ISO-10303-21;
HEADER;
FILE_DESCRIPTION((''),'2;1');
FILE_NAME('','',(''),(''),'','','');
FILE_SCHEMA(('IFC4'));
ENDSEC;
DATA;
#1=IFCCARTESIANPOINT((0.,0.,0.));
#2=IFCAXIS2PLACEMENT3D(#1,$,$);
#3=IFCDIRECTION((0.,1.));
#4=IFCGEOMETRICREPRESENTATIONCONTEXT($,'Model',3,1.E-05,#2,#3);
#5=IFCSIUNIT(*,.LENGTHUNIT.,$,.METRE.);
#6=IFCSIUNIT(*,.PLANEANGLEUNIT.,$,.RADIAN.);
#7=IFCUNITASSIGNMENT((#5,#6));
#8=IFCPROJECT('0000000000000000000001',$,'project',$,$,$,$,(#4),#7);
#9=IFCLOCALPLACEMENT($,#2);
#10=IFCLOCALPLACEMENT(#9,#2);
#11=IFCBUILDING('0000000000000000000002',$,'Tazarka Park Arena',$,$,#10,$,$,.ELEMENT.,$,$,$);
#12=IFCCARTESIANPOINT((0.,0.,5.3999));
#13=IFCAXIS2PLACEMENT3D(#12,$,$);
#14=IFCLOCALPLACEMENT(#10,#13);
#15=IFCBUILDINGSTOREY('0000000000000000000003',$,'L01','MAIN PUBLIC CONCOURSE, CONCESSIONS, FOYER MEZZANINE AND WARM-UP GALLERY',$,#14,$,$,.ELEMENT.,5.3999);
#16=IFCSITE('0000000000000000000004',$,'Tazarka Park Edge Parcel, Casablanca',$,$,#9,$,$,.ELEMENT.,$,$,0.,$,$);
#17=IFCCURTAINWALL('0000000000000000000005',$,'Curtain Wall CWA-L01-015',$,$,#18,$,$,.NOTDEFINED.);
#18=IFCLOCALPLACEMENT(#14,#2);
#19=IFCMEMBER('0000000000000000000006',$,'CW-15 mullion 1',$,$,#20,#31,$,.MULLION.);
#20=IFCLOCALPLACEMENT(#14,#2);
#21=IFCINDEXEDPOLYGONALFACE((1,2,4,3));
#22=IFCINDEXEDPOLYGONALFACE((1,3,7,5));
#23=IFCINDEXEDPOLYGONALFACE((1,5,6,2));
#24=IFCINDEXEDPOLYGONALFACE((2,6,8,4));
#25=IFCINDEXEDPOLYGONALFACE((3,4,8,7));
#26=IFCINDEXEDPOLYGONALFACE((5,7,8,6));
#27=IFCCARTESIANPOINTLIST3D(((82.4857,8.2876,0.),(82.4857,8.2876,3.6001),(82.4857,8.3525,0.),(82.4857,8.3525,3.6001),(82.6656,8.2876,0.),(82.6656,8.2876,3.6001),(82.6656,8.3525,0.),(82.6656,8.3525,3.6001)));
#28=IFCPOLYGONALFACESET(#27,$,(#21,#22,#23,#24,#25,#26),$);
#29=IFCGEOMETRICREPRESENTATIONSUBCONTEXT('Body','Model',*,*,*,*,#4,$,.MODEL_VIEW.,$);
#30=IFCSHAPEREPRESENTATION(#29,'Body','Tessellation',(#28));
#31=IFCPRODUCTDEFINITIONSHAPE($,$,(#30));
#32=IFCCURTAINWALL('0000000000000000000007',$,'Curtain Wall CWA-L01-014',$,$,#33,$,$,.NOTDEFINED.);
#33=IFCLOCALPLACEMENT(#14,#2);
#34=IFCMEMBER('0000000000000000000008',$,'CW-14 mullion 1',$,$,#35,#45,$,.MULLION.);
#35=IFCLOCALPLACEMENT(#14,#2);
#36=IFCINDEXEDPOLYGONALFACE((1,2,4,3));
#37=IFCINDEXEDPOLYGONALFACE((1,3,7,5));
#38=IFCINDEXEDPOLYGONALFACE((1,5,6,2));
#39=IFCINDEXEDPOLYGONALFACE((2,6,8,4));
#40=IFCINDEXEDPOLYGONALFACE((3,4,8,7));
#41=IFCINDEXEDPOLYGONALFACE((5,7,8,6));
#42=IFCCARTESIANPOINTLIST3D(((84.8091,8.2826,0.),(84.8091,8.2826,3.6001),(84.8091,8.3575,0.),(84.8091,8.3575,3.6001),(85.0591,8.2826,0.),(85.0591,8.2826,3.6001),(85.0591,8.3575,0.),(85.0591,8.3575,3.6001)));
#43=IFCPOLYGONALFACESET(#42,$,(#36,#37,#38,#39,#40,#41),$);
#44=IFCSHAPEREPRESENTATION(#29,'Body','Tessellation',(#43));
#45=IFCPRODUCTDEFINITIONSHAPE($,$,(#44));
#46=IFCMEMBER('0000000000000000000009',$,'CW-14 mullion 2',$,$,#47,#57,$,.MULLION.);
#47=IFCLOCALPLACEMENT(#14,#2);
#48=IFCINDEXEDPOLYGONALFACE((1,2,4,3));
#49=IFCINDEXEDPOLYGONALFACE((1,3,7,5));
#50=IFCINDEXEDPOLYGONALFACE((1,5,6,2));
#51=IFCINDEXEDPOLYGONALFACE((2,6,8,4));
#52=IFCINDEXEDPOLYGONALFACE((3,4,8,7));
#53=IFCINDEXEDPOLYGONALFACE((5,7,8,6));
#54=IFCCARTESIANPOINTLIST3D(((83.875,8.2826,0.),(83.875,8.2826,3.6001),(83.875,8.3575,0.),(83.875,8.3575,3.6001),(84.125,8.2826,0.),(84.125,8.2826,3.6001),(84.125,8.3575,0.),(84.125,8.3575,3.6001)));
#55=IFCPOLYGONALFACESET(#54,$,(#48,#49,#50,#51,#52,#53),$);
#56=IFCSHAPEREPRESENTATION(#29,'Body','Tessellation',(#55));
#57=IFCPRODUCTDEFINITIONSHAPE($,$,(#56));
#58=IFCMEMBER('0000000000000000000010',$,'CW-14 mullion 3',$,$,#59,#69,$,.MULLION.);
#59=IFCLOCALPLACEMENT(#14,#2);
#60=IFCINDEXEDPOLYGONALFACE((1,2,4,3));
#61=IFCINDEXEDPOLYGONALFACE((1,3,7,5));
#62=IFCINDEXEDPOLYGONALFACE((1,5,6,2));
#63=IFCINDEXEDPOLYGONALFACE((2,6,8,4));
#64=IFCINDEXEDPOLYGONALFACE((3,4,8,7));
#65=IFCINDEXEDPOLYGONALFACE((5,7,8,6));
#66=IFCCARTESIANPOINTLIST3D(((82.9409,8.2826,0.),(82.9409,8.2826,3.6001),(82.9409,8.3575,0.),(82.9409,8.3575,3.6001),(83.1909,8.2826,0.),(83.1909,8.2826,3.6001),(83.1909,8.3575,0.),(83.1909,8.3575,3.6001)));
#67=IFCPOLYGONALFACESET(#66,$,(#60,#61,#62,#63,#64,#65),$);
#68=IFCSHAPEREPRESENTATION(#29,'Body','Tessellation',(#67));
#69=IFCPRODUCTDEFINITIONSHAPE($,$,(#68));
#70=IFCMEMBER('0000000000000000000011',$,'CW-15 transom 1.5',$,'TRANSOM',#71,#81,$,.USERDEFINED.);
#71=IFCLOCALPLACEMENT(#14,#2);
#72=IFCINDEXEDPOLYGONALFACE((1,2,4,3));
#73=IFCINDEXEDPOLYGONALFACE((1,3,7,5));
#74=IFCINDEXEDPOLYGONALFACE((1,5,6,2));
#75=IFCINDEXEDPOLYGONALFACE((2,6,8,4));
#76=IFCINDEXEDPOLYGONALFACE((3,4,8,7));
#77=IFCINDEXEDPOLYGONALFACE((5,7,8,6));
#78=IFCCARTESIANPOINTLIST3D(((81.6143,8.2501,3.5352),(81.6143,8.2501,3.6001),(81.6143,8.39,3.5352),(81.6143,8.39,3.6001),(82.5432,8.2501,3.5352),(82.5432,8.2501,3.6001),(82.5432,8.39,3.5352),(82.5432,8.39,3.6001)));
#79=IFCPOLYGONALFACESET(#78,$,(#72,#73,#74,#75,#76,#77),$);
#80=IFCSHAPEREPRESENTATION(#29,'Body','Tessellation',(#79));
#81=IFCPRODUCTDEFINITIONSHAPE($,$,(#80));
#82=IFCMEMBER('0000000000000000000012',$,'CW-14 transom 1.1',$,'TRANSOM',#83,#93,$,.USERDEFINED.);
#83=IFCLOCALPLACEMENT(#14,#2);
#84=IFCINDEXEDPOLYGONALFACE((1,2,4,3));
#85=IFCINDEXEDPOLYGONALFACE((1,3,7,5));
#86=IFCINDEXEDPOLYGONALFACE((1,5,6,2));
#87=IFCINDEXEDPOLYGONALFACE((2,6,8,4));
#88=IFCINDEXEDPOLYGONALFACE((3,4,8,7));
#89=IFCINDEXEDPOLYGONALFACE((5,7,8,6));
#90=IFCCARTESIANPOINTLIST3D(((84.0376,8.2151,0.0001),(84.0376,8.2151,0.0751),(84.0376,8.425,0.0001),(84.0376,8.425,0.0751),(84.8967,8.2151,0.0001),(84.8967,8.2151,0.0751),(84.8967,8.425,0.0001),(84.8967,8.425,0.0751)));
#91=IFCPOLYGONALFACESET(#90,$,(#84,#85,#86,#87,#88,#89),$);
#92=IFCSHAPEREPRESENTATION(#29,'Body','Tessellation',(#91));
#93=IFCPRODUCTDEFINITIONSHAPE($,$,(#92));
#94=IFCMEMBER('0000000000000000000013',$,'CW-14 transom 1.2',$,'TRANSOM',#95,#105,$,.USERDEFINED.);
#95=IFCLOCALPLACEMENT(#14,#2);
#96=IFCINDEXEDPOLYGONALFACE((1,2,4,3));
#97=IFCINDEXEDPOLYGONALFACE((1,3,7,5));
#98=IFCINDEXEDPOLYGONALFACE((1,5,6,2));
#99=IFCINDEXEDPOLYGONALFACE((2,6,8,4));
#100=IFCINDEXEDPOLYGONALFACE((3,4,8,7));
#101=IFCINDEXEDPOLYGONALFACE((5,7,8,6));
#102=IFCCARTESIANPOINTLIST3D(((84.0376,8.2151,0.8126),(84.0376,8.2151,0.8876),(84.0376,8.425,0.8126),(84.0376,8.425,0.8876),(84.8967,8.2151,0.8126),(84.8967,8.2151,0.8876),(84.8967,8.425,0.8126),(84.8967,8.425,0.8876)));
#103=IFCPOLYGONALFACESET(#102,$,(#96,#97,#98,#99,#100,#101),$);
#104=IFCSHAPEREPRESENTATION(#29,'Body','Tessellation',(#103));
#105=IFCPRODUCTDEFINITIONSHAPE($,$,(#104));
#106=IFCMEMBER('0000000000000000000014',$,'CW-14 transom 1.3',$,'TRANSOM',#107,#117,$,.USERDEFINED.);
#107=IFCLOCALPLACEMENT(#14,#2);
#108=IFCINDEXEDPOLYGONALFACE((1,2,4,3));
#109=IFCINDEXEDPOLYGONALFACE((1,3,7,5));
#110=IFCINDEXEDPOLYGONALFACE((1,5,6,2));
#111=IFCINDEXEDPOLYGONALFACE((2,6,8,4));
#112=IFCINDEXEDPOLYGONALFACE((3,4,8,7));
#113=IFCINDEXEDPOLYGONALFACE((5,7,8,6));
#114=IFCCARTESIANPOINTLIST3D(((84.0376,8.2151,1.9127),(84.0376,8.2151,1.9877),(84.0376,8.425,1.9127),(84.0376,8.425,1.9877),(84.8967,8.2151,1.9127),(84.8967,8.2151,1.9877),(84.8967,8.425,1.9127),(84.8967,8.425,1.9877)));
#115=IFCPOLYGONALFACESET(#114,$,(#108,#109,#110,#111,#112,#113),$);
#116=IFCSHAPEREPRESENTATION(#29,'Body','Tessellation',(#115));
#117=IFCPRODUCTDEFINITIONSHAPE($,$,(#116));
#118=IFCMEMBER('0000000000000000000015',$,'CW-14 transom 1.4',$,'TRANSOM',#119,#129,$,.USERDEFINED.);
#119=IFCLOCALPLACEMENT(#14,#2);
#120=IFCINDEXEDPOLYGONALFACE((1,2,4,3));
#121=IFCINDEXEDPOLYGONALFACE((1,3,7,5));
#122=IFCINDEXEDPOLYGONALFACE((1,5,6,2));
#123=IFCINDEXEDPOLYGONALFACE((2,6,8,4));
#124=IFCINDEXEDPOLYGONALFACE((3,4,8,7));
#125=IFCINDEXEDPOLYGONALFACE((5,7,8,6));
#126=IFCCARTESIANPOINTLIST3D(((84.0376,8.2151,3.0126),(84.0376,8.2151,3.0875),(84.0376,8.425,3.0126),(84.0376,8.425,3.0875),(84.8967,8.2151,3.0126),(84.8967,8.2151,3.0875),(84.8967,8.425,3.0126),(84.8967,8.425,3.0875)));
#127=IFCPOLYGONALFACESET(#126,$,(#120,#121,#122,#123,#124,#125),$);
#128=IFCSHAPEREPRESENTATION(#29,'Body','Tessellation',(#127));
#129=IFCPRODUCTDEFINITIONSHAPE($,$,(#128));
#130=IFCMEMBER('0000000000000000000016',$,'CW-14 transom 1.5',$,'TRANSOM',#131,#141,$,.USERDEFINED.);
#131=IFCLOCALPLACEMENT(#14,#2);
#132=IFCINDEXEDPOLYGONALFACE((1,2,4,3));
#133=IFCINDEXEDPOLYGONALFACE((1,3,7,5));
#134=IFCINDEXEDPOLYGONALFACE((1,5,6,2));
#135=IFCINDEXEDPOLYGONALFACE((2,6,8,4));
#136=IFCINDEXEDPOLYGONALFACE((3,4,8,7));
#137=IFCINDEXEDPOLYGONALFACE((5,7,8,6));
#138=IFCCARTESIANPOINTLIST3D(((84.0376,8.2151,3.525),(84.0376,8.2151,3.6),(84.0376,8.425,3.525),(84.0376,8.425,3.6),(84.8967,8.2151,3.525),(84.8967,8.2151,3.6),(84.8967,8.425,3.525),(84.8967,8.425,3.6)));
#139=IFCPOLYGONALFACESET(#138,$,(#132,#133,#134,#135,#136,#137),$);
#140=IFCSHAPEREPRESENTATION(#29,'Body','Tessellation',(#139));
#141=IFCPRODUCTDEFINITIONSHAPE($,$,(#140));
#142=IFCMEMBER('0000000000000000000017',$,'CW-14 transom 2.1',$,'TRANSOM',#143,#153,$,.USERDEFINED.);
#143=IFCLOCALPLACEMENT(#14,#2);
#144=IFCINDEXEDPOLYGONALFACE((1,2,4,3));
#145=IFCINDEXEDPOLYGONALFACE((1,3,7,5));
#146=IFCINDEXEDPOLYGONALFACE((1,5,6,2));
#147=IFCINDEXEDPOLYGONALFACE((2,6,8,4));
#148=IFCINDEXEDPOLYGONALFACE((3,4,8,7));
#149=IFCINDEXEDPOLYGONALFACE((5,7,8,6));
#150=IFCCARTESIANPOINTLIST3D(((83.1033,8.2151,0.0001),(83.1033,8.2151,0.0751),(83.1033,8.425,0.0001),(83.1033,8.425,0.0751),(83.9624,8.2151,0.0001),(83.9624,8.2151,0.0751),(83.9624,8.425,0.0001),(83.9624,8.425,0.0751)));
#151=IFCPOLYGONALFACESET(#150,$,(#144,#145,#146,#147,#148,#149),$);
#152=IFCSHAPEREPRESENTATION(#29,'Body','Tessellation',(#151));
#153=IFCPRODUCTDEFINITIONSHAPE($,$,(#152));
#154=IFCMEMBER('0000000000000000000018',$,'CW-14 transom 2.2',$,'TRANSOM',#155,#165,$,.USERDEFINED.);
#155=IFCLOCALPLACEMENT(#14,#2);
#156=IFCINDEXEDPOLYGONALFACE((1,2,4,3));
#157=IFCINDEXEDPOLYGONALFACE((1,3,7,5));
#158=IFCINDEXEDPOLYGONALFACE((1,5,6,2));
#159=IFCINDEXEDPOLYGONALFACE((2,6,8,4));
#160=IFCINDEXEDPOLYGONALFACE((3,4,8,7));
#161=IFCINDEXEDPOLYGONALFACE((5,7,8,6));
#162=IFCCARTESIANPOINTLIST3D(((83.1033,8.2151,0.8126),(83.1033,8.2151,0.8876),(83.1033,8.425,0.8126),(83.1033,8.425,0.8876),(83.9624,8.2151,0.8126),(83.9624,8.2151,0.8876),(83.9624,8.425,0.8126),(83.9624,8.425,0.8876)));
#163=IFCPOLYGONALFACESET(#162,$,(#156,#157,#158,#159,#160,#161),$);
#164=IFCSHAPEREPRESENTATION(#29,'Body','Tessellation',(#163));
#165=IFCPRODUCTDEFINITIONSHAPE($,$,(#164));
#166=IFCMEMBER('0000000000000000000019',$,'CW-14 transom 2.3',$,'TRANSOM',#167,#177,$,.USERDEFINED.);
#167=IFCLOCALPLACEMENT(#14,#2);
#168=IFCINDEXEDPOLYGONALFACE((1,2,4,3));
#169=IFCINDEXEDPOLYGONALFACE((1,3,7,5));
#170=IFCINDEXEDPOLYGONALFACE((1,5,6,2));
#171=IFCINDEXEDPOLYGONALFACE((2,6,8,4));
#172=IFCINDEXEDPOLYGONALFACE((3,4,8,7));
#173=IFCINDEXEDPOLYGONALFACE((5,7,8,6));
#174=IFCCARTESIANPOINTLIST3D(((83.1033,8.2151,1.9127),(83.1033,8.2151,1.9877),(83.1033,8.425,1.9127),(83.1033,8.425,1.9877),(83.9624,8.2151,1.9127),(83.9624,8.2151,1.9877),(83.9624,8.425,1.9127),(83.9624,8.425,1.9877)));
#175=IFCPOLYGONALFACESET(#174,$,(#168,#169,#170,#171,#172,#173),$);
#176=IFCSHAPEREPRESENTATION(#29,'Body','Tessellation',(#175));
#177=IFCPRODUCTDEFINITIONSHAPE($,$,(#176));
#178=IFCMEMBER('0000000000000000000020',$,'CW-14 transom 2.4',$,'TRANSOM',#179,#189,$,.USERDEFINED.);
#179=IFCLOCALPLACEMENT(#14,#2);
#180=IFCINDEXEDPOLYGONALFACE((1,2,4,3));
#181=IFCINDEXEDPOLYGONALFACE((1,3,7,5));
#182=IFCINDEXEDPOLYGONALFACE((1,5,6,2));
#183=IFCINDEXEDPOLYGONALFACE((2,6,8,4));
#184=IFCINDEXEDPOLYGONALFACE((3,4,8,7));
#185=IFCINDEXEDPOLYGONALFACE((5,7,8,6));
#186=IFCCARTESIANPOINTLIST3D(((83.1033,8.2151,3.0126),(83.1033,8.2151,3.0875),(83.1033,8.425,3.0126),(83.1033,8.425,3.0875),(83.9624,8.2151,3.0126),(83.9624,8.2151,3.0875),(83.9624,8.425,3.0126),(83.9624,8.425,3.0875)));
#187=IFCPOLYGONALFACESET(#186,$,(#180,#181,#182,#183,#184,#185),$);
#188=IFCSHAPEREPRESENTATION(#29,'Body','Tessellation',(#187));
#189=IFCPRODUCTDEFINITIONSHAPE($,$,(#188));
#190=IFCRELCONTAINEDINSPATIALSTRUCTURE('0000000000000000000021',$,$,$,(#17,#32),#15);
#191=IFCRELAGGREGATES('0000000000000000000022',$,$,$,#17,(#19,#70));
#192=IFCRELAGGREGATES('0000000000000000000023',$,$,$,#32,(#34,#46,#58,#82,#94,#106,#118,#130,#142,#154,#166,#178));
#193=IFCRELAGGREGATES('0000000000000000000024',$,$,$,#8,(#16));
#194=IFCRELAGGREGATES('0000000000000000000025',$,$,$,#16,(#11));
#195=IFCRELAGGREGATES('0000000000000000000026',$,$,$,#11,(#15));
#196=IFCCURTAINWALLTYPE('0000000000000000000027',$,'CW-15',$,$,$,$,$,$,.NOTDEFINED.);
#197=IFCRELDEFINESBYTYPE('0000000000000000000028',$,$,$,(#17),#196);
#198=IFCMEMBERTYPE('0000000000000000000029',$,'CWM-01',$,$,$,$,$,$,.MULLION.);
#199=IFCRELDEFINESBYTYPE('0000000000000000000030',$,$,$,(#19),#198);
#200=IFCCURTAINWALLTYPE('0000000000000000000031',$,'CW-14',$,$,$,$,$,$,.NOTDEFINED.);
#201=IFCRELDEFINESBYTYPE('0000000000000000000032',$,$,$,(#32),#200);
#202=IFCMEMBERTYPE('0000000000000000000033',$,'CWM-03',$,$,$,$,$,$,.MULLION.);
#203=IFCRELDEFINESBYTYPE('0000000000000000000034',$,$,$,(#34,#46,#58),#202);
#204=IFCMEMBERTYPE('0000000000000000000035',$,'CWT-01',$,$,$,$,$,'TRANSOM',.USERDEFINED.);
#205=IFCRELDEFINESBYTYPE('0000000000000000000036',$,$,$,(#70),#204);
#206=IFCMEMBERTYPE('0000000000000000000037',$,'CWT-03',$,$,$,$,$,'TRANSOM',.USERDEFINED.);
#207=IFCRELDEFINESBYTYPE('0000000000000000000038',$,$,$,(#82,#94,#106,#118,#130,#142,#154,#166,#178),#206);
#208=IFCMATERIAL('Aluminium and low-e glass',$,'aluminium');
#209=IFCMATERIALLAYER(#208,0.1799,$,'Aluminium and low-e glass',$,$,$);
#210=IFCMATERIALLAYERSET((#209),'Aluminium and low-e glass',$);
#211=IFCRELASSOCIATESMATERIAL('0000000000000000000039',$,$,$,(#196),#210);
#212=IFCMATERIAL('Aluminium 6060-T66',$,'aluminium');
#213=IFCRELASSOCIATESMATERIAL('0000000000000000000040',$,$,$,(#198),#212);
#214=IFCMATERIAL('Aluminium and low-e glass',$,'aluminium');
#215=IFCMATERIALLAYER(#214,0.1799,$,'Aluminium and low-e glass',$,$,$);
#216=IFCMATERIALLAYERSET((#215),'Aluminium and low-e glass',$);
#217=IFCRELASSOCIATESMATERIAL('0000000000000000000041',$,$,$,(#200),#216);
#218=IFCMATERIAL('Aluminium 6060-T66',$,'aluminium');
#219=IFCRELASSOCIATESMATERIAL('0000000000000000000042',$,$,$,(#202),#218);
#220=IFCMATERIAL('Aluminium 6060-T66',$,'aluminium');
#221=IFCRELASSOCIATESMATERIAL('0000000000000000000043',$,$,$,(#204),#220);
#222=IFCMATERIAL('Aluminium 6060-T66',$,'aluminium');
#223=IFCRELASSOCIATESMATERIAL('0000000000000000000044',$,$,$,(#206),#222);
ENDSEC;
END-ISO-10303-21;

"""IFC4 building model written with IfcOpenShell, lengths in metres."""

from ifc_helpers import new_model, si_unit, direction, frame, origin, origin_2d, place, context, subcontext, project, spatial, rectangle, extrude, material, layer, layer_set, material_profile, profile_set, type_object, element, aggregate, save


model = new_model("IFC4")

# Units and contexts
model_context = context("Model", 3, precision=1e-05, world=origin(), true_north=direction((0.0, 1.0)))
body_context = subcontext(model_context, "Body", "Model", "MODEL_VIEW")
ifc_project = project(units=[si_unit("LENGTHUNIT", "METRE"), si_unit("PLANEANGLEUNIT", "RADIAN")], contexts=[model_context])

# Site, building, storey
site_placement = place(None, origin())
site = spatial("IfcSite", under=ifc_project, at=site_placement, Name="Tazarka Park Edge Parcel, Casablanca", CompositionType="ELEMENT", RefElevation=0.0)
building_placement = place(site_placement, origin())
building = spatial("IfcBuilding", under=site, at=building_placement, Name="Tazarka Park Arena", CompositionType="ELEMENT")
storey_placement = place(building_placement, frame((0.0, 0.0, 5.3999)))
storey = spatial("IfcBuildingStorey", under=building, at=storey_placement, Name="L01", Description="MAIN PUBLIC CONCOURSE, CONCESSIONS, FOYER MEZZANINE AND WARM-UP GALLERY", CompositionType="ELEMENT", Elevation=5.3999)

# Curtain wall, member
ifc_material_1 = material(Name="Aluminium and low-e glass", Category="aluminium")
ifc_layer_1 = layer(ifc_material_1, 0.1799, Name="Aluminium and low-e glass")
ifc_layer_set_1 = layer_set([ifc_layer_1], Name="Aluminium and low-e glass")
curtain_wall_type_1 = type_object("IfcCurtainWallType", Name="CW-15", PredefinedType="NOTDEFINED", material=ifc_layer_set_1)
curtain_wall_1_placement = place(storey_placement, origin())
curtain_wall_1 = element("IfcCurtainWall", 1, at=curtain_wall_1_placement, inside=storey, type_object=curtain_wall_type_1, Name="Curtain Wall CWA-L01-015", PredefinedType="NOTDEFINED")
ifc_material_2 = material(Name="Aluminium 6060-T66", Category="aluminium")
ifc_material_profile_1 = material_profile(ifc_material_2, rectangle(XDim=0.0649, YDim=0.1799, at=origin_2d()), Name="Aluminium 6060-T66")
ifc_profile_set_1 = profile_set([ifc_material_profile_1], Name="Aluminium 6060-T66")
member_type_1 = type_object("IfcMemberType", Name="CWM-01", PredefinedType="MULLION", material=ifc_profile_set_1)
member_1_placement = place(storey_placement, frame((82.5757, 8.3201, 0.0), z_axis=(0.0, 0.0, 1.0), x_axis=(0.0, -1.0, 0.0)))
member_1 = element("IfcMember", 2, at=member_1_placement, type_object=member_type_1, Name="CW-15 mullion 1", PredefinedType="MULLION", context=body_context, shape_type="SweptSolid", body=[
    extrude(rectangle(XDim=0.0649, YDim=0.1799, at=origin_2d()), origin(), (0.0, 0.0, 1.0), 3.6001),
])

# Curtain wall, members
ifc_material_3 = material(Name="Aluminium and low-e glass", Category="aluminium")
ifc_layer_2 = layer(ifc_material_3, 0.1799, Name="Aluminium and low-e glass")
ifc_layer_set_2 = layer_set([ifc_layer_2], Name="Aluminium and low-e glass")
curtain_wall_type_2 = type_object("IfcCurtainWallType", Name="CW-14", PredefinedType="NOTDEFINED", material=ifc_layer_set_2)
curtain_wall_2_placement = place(storey_placement, origin())
curtain_wall_2 = element("IfcCurtainWall", 3, at=curtain_wall_2_placement, inside=storey, type_object=curtain_wall_type_2, Name="Curtain Wall CWA-L01-014", PredefinedType="NOTDEFINED")
ifc_material_4 = material(Name="Aluminium 6060-T66", Category="aluminium")
ifc_material_profile_2 = material_profile(ifc_material_4, rectangle(XDim=0.075, YDim=0.25, at=origin_2d()), Name="Aluminium 6060-T66")
ifc_profile_set_2 = profile_set([ifc_material_profile_2], Name="Aluminium 6060-T66")
member_type_2 = type_object("IfcMemberType", Name="CWM-03", PredefinedType="MULLION", material=ifc_profile_set_2)
member_2_placement = place(storey_placement, frame((84.9341, 8.3201, 0.0), z_axis=(0.0, 0.0, 1.0), x_axis=(0.0, -1.0, 0.0)))
member_2 = element("IfcMember", 4, at=member_2_placement, type_object=member_type_2, Name="CW-14 mullion 1", PredefinedType="MULLION", context=body_context, shape_type="SweptSolid", body=[
    extrude(rectangle(XDim=0.075, YDim=0.25, at=origin_2d()), origin(), (0.0, 0.0, 1.0), 3.6001),
])
member_3_placement = place(storey_placement, frame((84.0, 8.3201, 0.0), z_axis=(0.0, 0.0, 1.0), x_axis=(0.0, -1.0, 0.0)))
member_3 = element("IfcMember", 5, at=member_3_placement, type_object=member_type_2, Name="CW-14 mullion 2", PredefinedType="MULLION", context=body_context, shape_type="SweptSolid", body=[
    extrude(rectangle(XDim=0.075, YDim=0.25, at=origin_2d()), origin(), (0.0, 0.0, 1.0), 3.6001),
])
member_4_placement = place(storey_placement, frame((83.0659, 8.3201, 0.0), z_axis=(0.0, 0.0, 1.0), x_axis=(0.0, -1.0, 0.0)))
member_4 = element("IfcMember", 6, at=member_4_placement, type_object=member_type_2, Name="CW-14 mullion 3", PredefinedType="MULLION", context=body_context, shape_type="SweptSolid", body=[
    extrude(rectangle(XDim=0.075, YDim=0.25, at=origin_2d()), origin(), (0.0, 0.0, 1.0), 3.6001),
])

# Members
ifc_material_5 = material(Name="Aluminium 6060-T66", Category="aluminium")
ifc_material_profile_3 = material_profile(ifc_material_5, rectangle(XDim=0.1399, YDim=0.0649, at=origin_2d()), Name="Aluminium 6060-T66")
ifc_profile_set_3 = profile_set([ifc_material_profile_3], Name="Aluminium 6060-T66")
member_type_3 = type_object("IfcMemberType", Name="CWT-01", ElementType="TRANSOM", PredefinedType="USERDEFINED", material=ifc_profile_set_3)
member_5_placement = place(storey_placement, frame((82.5432, 8.3201, 3.5676), z_axis=(-1.0, 0.0, 0.0), x_axis=(0.0, -1.0, 0.0)))
member_5 = element("IfcMember", 7, at=member_5_placement, type_object=member_type_3, Name="CW-15 transom 1.5", ObjectType="TRANSOM", PredefinedType="USERDEFINED", context=body_context, shape_type="SweptSolid", body=[
    extrude(rectangle(XDim=0.1399, YDim=0.0649, at=origin_2d()), origin(), (0.0, 0.0, 1.0), 0.929),
])
aggregate(curtain_wall_1, [member_1, member_5])
ifc_material_6 = material(Name="Aluminium 6060-T66", Category="aluminium")
ifc_material_profile_4 = material_profile(ifc_material_6, rectangle(XDim=0.21, YDim=0.075, at=origin_2d()), Name="Aluminium 6060-T66")
ifc_profile_set_4 = profile_set([ifc_material_profile_4], Name="Aluminium 6060-T66")
member_type_4 = type_object("IfcMemberType", Name="CWT-03", ElementType="TRANSOM", PredefinedType="USERDEFINED", material=ifc_profile_set_4)
member_6_placement = place(storey_placement, frame((84.8967, 8.3201, 0.0376), z_axis=(-1.0, 0.0, 0.0), x_axis=(0.0, -1.0, 0.0)))
member_6 = element("IfcMember", 8, at=member_6_placement, type_object=member_type_4, Name="CW-14 transom 1.1", ObjectType="TRANSOM", PredefinedType="USERDEFINED", context=body_context, shape_type="SweptSolid", body=[
    extrude(rectangle(XDim=0.21, YDim=0.075, at=origin_2d()), origin(), (0.0, 0.0, 1.0), 0.8591),
])
member_7_placement = place(storey_placement, frame((84.8967, 8.3201, 0.8501), z_axis=(-1.0, 0.0, 0.0), x_axis=(0.0, -1.0, 0.0)))
member_7 = element("IfcMember", 9, at=member_7_placement, type_object=member_type_4, Name="CW-14 transom 1.2", ObjectType="TRANSOM", PredefinedType="USERDEFINED", context=body_context, shape_type="SweptSolid", body=[
    extrude(rectangle(XDim=0.21, YDim=0.075, at=origin_2d()), origin(), (0.0, 0.0, 1.0), 0.8591),
])
member_8_placement = place(storey_placement, frame((84.8967, 8.3201, 1.9502), z_axis=(-1.0, 0.0, 0.0), x_axis=(0.0, -1.0, 0.0)))
member_8 = element("IfcMember", 10, at=member_8_placement, type_object=member_type_4, Name="CW-14 transom 1.3", ObjectType="TRANSOM", PredefinedType="USERDEFINED", context=body_context, shape_type="SweptSolid", body=[
    extrude(rectangle(XDim=0.21, YDim=0.075, at=origin_2d()), origin(), (0.0, 0.0, 1.0), 0.8591),
])
member_9_placement = place(storey_placement, frame((84.8967, 8.3201, 3.05), z_axis=(-1.0, 0.0, 0.0), x_axis=(0.0, -1.0, 0.0)))
member_9 = element("IfcMember", 11, at=member_9_placement, type_object=member_type_4, Name="CW-14 transom 1.4", ObjectType="TRANSOM", PredefinedType="USERDEFINED", context=body_context, shape_type="SweptSolid", body=[
    extrude(rectangle(XDim=0.21, YDim=0.075, at=origin_2d()), origin(), (0.0, 0.0, 1.0), 0.8591),
])
member_10_placement = place(storey_placement, frame((84.8967, 8.3201, 3.5625), z_axis=(-1.0, 0.0, 0.0), x_axis=(0.0, -1.0, 0.0)))
member_10 = element("IfcMember", 12, at=member_10_placement, type_object=member_type_4, Name="CW-14 transom 1.5", ObjectType="TRANSOM", PredefinedType="USERDEFINED", context=body_context, shape_type="SweptSolid", body=[
    extrude(rectangle(XDim=0.21, YDim=0.075, at=origin_2d()), origin(), (0.0, 0.0, 1.0), 0.8591),
])
member_11_placement = place(storey_placement, frame((83.9624, 8.3201, 0.0376), z_axis=(-1.0, 0.0, 0.0), x_axis=(0.0, -1.0, 0.0)))
member_11 = element("IfcMember", 13, at=member_11_placement, type_object=member_type_4, Name="CW-14 transom 2.1", ObjectType="TRANSOM", PredefinedType="USERDEFINED", context=body_context, shape_type="SweptSolid", body=[
    extrude(rectangle(XDim=0.21, YDim=0.075, at=origin_2d()), origin(), (0.0, 0.0, 1.0), 0.8591),
])
member_12_placement = place(storey_placement, frame((83.9624, 8.3201, 0.8501), z_axis=(-1.0, 0.0, 0.0), x_axis=(0.0, -1.0, 0.0)))
member_12 = element("IfcMember", 14, at=member_12_placement, type_object=member_type_4, Name="CW-14 transom 2.2", ObjectType="TRANSOM", PredefinedType="USERDEFINED", context=body_context, shape_type="SweptSolid", body=[
    extrude(rectangle(XDim=0.21, YDim=0.075, at=origin_2d()), origin(), (0.0, 0.0, 1.0), 0.8591),
])
member_13_placement = place(storey_placement, frame((83.9624, 8.3201, 1.9502), z_axis=(-1.0, 0.0, 0.0), x_axis=(0.0, -1.0, 0.0)))
member_13 = element("IfcMember", 15, at=member_13_placement, type_object=member_type_4, Name="CW-14 transom 2.3", ObjectType="TRANSOM", PredefinedType="USERDEFINED", context=body_context, shape_type="SweptSolid", body=[
    extrude(rectangle(XDim=0.21, YDim=0.075, at=origin_2d()), origin(), (0.0, 0.0, 1.0), 0.8591),
])
member_14_placement = place(storey_placement, frame((83.9624, 8.3201, 3.05), z_axis=(-1.0, 0.0, 0.0), x_axis=(0.0, -1.0, 0.0)))
member_14 = element("IfcMember", 16, at=member_14_placement, type_object=member_type_4, Name="CW-14 transom 2.4", ObjectType="TRANSOM", PredefinedType="USERDEFINED", context=body_context, shape_type="SweptSolid", body=[
    extrude(rectangle(XDim=0.21, YDim=0.075, at=origin_2d()), origin(), (0.0, 0.0, 1.0), 0.8591),
])

aggregate(curtain_wall_2, [member_2, member_3, member_4, member_6, member_7, member_8, member_9, member_10, member_11, member_12, member_13, member_14])

save(model, "model.ifc")
